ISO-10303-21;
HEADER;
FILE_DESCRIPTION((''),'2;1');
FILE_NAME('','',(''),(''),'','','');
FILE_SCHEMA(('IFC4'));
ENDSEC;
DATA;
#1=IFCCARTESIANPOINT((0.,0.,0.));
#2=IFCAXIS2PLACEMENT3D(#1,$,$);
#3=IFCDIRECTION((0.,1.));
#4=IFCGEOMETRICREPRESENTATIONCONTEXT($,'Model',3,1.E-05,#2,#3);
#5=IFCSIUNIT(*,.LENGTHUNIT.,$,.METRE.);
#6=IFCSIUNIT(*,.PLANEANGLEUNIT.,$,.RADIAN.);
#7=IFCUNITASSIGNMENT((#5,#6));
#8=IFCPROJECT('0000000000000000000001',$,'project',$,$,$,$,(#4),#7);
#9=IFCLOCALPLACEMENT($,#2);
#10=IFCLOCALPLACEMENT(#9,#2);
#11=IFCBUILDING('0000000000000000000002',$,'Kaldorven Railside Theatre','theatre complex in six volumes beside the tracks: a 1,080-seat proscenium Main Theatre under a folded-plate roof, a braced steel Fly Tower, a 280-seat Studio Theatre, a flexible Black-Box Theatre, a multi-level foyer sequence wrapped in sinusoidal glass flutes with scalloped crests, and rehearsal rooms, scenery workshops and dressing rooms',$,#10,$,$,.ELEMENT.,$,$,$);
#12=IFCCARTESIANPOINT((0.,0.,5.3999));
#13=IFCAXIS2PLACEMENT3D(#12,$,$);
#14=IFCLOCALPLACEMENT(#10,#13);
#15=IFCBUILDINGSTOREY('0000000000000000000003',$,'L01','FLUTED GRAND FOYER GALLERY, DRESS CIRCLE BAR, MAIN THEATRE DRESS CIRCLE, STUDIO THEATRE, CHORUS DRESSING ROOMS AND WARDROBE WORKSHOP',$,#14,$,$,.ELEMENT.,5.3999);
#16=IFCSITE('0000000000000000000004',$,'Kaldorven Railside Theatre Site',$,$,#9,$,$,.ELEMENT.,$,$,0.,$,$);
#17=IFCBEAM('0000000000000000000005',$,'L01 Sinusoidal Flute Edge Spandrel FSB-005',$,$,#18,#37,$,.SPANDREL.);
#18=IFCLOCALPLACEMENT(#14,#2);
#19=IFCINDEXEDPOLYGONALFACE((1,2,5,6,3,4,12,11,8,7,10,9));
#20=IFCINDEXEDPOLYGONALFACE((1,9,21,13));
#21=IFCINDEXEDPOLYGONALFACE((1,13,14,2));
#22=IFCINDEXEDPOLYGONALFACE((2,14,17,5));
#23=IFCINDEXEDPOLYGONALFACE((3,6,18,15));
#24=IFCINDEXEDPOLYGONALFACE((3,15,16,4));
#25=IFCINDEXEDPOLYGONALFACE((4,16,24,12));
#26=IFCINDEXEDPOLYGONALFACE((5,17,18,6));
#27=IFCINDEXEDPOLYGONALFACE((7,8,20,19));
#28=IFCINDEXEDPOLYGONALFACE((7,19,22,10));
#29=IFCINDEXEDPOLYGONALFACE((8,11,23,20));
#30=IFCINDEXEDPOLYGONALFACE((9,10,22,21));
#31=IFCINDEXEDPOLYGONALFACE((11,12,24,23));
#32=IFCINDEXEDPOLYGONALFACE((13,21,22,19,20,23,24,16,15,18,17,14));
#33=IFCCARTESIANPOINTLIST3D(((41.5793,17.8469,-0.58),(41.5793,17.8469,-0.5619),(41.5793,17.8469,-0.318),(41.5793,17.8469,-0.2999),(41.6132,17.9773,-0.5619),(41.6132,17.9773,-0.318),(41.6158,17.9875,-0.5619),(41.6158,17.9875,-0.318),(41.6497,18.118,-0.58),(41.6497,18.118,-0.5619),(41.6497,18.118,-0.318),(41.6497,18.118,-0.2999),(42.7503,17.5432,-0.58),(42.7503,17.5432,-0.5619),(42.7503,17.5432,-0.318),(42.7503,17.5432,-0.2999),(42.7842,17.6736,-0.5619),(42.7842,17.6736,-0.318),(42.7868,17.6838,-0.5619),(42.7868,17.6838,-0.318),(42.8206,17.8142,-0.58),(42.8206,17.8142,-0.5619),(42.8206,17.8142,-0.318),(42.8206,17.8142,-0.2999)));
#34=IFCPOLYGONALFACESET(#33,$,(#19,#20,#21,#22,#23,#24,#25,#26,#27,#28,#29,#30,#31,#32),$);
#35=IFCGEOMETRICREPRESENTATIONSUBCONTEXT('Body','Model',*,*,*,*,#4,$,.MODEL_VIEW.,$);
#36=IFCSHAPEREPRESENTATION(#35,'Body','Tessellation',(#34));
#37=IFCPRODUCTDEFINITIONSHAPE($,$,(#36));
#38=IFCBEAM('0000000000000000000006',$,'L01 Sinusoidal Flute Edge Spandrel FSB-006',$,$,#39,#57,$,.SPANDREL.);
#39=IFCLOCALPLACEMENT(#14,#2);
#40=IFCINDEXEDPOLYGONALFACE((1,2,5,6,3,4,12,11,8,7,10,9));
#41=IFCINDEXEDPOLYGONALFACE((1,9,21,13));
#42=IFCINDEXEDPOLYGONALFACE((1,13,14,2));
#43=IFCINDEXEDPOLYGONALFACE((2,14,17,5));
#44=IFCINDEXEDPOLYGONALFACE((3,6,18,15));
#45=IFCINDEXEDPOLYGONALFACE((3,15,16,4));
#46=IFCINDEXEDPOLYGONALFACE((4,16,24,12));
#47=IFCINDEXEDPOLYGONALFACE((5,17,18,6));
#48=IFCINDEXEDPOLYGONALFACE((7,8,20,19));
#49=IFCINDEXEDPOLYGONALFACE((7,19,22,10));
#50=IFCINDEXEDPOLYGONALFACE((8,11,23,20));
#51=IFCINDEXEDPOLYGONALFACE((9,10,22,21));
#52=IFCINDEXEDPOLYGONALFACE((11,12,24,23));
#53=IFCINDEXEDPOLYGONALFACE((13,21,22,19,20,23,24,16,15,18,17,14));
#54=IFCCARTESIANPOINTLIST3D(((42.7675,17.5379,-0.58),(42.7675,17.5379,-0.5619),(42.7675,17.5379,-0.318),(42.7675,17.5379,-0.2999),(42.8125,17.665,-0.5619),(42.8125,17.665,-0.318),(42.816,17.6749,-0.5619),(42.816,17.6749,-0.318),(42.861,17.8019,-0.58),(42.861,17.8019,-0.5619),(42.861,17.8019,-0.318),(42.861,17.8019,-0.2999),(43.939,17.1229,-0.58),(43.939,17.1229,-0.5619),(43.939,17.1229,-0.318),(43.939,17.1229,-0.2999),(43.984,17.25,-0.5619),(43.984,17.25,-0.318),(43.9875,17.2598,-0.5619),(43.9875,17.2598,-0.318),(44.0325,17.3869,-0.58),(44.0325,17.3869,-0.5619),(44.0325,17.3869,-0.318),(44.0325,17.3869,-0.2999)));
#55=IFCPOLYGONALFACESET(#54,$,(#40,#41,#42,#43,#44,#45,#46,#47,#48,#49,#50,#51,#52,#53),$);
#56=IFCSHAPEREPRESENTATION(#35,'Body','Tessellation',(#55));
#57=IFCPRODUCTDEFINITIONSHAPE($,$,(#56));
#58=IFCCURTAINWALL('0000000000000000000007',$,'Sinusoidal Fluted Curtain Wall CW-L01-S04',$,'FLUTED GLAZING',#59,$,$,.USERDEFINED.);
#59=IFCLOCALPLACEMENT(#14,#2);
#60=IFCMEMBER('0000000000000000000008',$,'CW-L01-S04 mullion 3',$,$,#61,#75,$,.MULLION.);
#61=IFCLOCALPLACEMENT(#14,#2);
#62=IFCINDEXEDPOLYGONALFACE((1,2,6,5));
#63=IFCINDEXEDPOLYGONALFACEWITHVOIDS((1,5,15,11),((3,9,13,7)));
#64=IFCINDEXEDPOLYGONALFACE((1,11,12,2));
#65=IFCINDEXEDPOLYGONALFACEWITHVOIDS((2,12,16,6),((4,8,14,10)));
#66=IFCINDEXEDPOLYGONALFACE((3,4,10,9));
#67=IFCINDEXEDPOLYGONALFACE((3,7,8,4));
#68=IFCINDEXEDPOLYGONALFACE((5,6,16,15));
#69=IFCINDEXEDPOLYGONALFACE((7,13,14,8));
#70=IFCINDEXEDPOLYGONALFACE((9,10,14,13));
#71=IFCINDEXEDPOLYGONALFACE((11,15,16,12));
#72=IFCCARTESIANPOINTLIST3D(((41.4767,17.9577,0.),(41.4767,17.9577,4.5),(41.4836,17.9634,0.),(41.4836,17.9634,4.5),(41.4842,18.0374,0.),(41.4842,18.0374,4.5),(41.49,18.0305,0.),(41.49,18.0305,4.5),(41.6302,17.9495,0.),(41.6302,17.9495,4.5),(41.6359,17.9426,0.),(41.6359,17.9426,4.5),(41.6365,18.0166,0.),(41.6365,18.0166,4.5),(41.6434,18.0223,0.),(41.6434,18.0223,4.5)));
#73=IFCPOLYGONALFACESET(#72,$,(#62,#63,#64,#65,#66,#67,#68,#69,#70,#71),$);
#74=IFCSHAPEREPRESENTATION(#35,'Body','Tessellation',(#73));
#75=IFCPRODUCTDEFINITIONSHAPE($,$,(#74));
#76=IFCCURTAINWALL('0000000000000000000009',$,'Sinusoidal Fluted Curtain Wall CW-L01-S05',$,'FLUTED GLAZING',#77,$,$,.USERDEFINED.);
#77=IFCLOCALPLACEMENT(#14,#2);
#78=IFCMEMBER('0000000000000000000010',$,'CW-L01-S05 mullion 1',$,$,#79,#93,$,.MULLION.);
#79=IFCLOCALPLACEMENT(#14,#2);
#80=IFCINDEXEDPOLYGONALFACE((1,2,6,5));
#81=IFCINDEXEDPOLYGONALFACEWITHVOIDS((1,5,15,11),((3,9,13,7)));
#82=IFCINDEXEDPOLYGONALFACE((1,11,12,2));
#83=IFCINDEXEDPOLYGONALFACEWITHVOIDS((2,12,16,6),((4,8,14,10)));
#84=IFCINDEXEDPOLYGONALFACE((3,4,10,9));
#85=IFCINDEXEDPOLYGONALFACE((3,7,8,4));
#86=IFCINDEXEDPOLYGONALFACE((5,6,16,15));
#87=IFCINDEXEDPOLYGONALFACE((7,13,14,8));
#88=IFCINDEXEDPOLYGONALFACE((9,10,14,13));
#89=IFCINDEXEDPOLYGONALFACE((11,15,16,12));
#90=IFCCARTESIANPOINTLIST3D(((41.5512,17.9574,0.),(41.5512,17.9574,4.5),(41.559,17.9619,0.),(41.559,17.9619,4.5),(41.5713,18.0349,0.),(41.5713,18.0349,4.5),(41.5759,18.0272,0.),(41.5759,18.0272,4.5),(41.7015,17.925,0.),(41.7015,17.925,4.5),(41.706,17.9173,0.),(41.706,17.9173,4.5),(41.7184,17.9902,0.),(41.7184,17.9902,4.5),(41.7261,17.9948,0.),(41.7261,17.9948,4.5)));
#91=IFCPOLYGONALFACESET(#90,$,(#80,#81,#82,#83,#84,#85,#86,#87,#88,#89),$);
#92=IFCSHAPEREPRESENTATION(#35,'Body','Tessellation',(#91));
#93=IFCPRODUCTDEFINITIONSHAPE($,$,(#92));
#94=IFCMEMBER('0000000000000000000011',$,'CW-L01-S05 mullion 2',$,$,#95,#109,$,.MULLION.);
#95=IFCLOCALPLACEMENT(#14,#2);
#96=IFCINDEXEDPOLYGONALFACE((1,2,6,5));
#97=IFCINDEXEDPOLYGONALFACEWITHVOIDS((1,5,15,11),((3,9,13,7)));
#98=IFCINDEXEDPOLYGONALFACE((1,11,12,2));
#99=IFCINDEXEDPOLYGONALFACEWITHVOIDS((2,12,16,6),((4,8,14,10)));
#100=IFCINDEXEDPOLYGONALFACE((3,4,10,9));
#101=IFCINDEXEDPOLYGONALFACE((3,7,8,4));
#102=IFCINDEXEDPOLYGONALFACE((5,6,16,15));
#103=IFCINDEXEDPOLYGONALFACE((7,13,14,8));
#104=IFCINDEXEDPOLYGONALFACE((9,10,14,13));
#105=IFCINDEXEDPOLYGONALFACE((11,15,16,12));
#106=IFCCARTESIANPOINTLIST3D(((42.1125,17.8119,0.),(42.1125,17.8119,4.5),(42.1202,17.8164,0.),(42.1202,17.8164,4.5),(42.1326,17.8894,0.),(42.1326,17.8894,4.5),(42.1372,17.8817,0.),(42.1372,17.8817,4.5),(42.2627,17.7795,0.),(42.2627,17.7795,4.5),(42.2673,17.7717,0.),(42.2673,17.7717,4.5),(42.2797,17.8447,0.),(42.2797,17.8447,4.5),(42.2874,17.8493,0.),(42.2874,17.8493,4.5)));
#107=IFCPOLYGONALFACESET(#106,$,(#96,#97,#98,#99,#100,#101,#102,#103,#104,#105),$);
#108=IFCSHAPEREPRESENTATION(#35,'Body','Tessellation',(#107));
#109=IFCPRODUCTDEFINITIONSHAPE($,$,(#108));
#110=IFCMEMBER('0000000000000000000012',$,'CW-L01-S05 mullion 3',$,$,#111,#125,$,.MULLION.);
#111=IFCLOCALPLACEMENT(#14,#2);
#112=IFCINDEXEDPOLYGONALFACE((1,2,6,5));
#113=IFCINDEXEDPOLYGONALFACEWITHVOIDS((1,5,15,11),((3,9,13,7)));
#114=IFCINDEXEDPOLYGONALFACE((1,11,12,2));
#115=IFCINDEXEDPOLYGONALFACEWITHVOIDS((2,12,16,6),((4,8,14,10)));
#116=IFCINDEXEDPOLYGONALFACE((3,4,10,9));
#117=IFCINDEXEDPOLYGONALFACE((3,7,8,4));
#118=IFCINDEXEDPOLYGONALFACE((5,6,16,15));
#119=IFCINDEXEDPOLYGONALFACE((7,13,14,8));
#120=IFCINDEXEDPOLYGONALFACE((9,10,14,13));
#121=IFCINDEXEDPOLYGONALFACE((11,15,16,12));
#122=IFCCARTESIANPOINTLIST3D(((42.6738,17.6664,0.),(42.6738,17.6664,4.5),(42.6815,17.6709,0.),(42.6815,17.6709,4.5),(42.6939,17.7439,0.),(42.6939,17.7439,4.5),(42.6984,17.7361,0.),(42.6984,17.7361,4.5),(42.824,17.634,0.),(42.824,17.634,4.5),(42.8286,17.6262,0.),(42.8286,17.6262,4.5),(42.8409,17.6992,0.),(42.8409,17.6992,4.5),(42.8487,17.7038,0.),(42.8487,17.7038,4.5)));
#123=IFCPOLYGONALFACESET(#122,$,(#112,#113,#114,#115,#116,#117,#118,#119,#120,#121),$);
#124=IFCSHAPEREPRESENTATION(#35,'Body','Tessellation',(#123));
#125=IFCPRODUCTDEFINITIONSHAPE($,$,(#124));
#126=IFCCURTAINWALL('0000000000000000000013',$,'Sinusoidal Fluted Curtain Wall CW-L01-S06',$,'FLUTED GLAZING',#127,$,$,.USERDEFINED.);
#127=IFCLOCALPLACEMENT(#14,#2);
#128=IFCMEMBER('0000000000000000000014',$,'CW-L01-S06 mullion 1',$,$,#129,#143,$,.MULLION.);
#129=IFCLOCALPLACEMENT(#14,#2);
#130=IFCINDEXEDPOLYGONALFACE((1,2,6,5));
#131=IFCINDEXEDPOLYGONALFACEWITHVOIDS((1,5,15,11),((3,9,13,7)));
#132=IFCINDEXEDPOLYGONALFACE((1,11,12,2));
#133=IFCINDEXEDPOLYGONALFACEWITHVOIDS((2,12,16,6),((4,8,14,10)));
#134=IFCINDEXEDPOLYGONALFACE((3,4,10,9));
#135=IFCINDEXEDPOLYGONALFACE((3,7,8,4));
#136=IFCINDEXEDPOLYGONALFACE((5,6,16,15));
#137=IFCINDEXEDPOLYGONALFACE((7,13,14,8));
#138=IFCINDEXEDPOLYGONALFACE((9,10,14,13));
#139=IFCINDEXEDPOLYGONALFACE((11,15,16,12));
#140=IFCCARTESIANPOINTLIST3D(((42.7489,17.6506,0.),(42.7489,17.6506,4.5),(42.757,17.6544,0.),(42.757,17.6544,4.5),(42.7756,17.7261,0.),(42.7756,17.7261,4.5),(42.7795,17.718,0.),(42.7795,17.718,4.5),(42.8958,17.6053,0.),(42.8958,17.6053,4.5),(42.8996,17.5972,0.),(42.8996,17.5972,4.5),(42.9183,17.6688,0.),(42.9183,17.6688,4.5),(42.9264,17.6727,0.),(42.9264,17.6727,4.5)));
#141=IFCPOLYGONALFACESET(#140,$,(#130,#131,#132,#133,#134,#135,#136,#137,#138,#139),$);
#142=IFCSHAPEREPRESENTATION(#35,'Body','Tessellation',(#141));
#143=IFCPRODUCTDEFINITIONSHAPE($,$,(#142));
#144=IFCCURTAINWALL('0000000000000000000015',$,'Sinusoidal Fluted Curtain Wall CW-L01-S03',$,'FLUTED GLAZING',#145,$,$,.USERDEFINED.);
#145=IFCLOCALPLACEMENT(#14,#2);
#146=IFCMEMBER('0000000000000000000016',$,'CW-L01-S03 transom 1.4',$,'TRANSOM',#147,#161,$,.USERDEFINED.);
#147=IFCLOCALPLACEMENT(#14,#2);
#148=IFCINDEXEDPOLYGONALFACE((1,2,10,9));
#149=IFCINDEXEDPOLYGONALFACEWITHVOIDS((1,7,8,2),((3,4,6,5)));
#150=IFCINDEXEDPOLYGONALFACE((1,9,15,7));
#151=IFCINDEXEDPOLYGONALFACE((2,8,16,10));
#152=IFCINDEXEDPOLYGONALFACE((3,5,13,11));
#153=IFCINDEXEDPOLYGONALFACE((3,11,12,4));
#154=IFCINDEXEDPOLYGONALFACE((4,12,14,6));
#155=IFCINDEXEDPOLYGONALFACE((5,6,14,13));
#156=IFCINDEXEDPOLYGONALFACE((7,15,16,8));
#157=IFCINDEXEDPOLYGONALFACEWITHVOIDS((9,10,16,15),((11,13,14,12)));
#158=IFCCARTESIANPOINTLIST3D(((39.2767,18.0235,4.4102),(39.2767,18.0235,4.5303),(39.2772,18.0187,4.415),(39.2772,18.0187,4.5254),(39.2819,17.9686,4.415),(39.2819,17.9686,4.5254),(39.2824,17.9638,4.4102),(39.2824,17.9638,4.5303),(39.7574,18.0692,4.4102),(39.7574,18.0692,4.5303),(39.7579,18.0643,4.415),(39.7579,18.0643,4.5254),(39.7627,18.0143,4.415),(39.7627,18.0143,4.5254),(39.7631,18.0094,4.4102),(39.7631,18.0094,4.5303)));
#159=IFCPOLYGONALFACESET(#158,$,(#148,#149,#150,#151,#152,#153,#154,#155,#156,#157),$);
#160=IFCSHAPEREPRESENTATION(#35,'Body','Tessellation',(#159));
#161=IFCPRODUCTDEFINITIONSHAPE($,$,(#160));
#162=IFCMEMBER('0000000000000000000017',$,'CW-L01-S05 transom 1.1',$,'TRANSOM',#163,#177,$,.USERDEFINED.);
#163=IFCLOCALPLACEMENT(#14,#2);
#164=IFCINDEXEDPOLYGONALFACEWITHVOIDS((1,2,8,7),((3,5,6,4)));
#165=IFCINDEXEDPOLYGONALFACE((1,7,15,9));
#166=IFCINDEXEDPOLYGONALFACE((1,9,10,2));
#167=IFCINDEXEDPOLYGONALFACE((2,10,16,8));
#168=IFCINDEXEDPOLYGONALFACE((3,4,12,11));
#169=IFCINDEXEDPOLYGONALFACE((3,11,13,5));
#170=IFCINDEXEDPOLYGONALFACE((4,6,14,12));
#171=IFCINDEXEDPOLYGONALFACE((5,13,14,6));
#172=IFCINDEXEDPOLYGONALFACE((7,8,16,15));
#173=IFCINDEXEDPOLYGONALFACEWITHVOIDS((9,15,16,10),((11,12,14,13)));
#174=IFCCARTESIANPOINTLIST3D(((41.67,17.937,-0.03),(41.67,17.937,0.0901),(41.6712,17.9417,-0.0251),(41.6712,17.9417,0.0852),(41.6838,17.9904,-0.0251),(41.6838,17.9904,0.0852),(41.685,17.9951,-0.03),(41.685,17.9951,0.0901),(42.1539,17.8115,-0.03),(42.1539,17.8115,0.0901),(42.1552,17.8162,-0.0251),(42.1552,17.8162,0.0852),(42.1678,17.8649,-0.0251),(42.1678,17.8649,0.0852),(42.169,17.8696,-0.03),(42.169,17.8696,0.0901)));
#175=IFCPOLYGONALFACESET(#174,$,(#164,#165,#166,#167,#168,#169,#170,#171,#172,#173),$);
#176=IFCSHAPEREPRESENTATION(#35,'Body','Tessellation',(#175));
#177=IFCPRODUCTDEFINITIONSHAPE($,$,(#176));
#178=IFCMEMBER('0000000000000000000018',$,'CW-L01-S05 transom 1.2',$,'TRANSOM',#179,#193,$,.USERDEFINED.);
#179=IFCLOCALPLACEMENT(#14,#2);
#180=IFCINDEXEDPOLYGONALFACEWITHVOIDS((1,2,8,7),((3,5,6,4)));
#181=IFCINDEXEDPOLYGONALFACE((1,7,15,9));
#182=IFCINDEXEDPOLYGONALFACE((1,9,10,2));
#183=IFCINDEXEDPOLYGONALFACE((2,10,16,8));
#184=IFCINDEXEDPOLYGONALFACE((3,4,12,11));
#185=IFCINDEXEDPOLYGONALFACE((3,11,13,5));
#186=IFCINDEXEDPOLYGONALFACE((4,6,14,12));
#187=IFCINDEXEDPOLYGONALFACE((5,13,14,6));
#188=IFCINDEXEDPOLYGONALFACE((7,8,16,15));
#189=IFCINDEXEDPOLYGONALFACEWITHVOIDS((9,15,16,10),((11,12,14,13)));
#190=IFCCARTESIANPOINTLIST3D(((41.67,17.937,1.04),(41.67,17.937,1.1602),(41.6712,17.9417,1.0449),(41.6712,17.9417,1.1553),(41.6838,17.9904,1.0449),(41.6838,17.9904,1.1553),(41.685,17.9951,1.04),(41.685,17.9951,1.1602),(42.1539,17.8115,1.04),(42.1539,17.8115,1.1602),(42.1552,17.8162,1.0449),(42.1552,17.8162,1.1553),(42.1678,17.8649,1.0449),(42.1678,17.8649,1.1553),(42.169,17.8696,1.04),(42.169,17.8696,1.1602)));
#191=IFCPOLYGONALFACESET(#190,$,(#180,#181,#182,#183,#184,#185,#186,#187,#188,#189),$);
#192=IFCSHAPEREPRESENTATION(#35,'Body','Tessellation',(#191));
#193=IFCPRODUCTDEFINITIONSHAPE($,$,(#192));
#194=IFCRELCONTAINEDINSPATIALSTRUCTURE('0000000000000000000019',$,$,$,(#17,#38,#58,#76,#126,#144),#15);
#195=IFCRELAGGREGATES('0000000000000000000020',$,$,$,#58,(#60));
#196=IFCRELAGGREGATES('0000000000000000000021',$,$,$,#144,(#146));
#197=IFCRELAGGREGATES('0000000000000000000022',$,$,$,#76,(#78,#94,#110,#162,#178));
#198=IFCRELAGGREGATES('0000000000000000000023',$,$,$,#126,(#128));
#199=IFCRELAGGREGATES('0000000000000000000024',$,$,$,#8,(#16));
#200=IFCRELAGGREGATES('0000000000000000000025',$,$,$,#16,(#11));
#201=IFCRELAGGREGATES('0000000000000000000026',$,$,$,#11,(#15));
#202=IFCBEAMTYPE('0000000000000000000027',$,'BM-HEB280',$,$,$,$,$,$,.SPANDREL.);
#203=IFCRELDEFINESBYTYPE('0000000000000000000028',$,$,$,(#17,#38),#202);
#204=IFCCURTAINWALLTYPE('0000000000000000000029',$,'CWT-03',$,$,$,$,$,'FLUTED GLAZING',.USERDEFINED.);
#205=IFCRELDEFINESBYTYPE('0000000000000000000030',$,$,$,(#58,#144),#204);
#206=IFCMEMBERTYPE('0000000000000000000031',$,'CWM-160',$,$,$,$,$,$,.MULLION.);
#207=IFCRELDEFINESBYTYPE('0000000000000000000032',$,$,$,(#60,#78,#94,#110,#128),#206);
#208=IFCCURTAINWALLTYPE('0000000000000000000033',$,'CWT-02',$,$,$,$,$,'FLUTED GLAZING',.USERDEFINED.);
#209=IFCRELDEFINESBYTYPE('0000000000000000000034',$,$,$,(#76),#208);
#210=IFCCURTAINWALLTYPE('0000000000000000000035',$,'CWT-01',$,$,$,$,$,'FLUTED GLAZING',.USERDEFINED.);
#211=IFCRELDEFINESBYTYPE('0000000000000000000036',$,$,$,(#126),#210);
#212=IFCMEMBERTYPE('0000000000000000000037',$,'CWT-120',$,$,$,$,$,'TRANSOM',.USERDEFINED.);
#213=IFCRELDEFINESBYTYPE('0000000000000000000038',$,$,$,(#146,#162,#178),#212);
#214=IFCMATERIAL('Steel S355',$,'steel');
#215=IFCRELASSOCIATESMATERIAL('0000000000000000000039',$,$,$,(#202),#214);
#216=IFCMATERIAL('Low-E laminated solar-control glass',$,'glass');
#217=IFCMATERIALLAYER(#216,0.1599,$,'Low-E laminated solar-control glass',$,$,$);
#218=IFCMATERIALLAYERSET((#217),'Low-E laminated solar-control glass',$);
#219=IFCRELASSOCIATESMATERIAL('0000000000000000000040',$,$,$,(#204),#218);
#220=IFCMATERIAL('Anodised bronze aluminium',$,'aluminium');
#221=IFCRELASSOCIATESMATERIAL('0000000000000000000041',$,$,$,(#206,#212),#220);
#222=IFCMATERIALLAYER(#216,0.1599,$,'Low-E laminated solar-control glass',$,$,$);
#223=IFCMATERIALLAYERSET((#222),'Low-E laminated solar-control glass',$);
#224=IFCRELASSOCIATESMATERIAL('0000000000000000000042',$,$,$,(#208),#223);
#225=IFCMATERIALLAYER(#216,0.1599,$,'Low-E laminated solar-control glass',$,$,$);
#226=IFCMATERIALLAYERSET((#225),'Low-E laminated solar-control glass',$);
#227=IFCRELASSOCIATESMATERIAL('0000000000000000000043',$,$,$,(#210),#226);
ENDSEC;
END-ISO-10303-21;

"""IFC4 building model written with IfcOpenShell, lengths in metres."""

from ifc_helpers import new_model, si_unit, direction, frame, origin, origin_2d, place, context, subcontext, project, spatial, hollow_rectangle, i_section, extrude, material, layer, layer_set, material_profile, profile_set, type_object, element, aggregate, save


model = new_model("IFC4")

# Units and contexts
model_context = context("Model", 3, precision=1e-05, world=origin(), true_north=direction((0.0, 1.0)))
body_context = subcontext(model_context, "Body", "Model", "MODEL_VIEW")
ifc_project = project(units=[si_unit("LENGTHUNIT", "METRE"), si_unit("PLANEANGLEUNIT", "RADIAN")], contexts=[model_context])

# Site, building, storey
site_placement = place(None, origin())
site = spatial("IfcSite", under=ifc_project, at=site_placement, Name="Kaldorven Railside Theatre Site", CompositionType="ELEMENT", RefElevation=0.0)
building_placement = place(site_placement, origin())
building = spatial("IfcBuilding", under=site, at=building_placement, Name="Kaldorven Railside Theatre", Description="theatre complex in six volumes beside the tracks: a 1,080-seat proscenium Main Theatre under a folded-plate roof, a braced steel Fly Tower, a 280-seat Studio Theatre, a flexible Black-Box Theatre, a multi-level foyer sequence wrapped in sinusoidal glass flutes with scalloped crests, and rehearsal rooms, scenery workshops and dressing rooms", CompositionType="ELEMENT")
storey_placement = place(building_placement, frame((0.0, 0.0, 5.3999)))
storey = spatial("IfcBuildingStorey", under=building, at=storey_placement, Name="L01", Description="FLUTED GRAND FOYER GALLERY, DRESS CIRCLE BAR, MAIN THEATRE DRESS CIRCLE, STUDIO THEATRE, CHORUS DRESSING ROOMS AND WARDROBE WORKSHOP", CompositionType="ELEMENT", Elevation=5.3999)

# Beams
ifc_material_1 = material(Name="Steel S355", Category="steel")
ifc_material_profile_1 = material_profile(ifc_material_1, i_section(OverallWidth=0.28, OverallDepth=0.28, WebThickness=0.0105, FlangeThickness=0.0181, at=origin_2d()), Name="HEB 280")
ifc_profile_set_1 = profile_set([ifc_material_profile_1], Name="Steel S355")
beam_type = type_object("IfcBeamType", Name="BM-HEB280", PredefinedType="SPANDREL", material=ifc_profile_set_1)
beam_1_placement = place(storey_placement, frame((41.6145, 17.9824, -0.4399), z_axis=(0.967968, -0.251074, 0.0), x_axis=(0.251074, 0.967968, 0.0)))
element("IfcBeam", 1, at=beam_1_placement, inside=storey, type_object=beam_type, Name="L01 Sinusoidal Flute Edge Spandrel FSB-005", PredefinedType="SPANDREL", context=body_context, shape_type="SweptSolid", body=[
    extrude(i_section(OverallWidth=0.28, OverallDepth=0.28, WebThickness=0.0105, FlangeThickness=0.0181, at=origin_2d()), origin(), (0.0, 0.0, 1.0), 1.2097),
])
beam_2_placement = place(storey_placement, frame((42.8142, 17.6699, -0.4399), z_axis=(0.942605, -0.333909, 0.0), x_axis=(0.333909, 0.942605, 0.0)))
element("IfcBeam", 2, at=beam_2_placement, inside=storey, type_object=beam_type, Name="L01 Sinusoidal Flute Edge Spandrel FSB-006", PredefinedType="SPANDREL", context=body_context, shape_type="SweptSolid", body=[
    extrude(i_section(OverallWidth=0.28, OverallDepth=0.28, WebThickness=0.0105, FlangeThickness=0.0181, at=origin_2d()), origin(), (0.0, 0.0, 1.0), 1.2429),
])

# Curtain wall, member
ifc_material_2 = material(Name="Low-E laminated solar-control glass", Category="glass")
ifc_layer_1 = layer(ifc_material_2, 0.1599, Name="Low-E laminated solar-control glass")
ifc_layer_set_1 = layer_set([ifc_layer_1], Name="Low-E laminated solar-control glass")
curtain_wall_type_1 = type_object("IfcCurtainWallType", Name="CWT-03", ElementType="FLUTED GLAZING", PredefinedType="USERDEFINED", material=ifc_layer_set_1)
curtain_wall_1_placement = place(storey_placement, origin())
curtain_wall_1 = element("IfcCurtainWall", 3, at=curtain_wall_1_placement, inside=storey, type_object=curtain_wall_type_1, Name="Sinusoidal Fluted Curtain Wall CW-L01-S04", ObjectType="FLUTED GLAZING", PredefinedType="USERDEFINED")
ifc_material_3 = material(Name="Anodised bronze aluminium", Category="aluminium")
ifc_material_profile_2 = material_profile(ifc_material_3, hollow_rectangle(XDim=0.0801, YDim=0.1599, WallThickness=0.0063, at=origin_2d()), Name="RHS 160x80x6.3")
ifc_profile_set_2 = profile_set([ifc_material_profile_2], Name="Anodised bronze aluminium")
member_type_1 = type_object("IfcMemberType", Name="CWM-160", PredefinedType="MULLION", material=ifc_profile_set_2)
member_1_placement = place(storey_placement, frame((41.5601, 17.99, 0.0), z_axis=(0.0, 0.0, 1.0), x_axis=(0.094492, 0.995526, 0.0)))
member_1 = element("IfcMember", 4, at=member_1_placement, type_object=member_type_1, Name="CW-L01-S04 mullion 3", PredefinedType="MULLION", context=body_context, shape_type="SweptSolid", body=[
    extrude(hollow_rectangle(XDim=0.0801, YDim=0.1599, WallThickness=0.0063, at=origin_2d()), origin(), (0.0, 0.0, 1.0), 4.5),
])
aggregate(curtain_wall_1, [member_1])

# Curtain wall, members
ifc_layer_2 = layer(ifc_material_2, 0.1599, Name="Low-E laminated solar-control glass")
ifc_layer_set_2 = layer_set([ifc_layer_2], Name="Low-E laminated solar-control glass")
curtain_wall_type_2 = type_object("IfcCurtainWallType", Name="CWT-02", ElementType="FLUTED GLAZING", PredefinedType="USERDEFINED", material=ifc_layer_set_2)
curtain_wall_2_placement = place(storey_placement, origin())
curtain_wall_2 = element("IfcCurtainWall", 5, at=curtain_wall_2_placement, inside=storey, type_object=curtain_wall_type_2, Name="Sinusoidal Fluted Curtain Wall CW-L01-S05", ObjectType="FLUTED GLAZING", PredefinedType="USERDEFINED")
member_2_placement = place(storey_placement, frame((41.6387, 17.9761, 0.0), z_axis=(0.0, 0.0, 1.0), x_axis=(0.250954, 0.967999, 0.0)))
member_2 = element("IfcMember", 6, at=member_2_placement, type_object=member_type_1, Name="CW-L01-S05 mullion 1", PredefinedType="MULLION", context=body_context, shape_type="SweptSolid", body=[
    extrude(hollow_rectangle(XDim=0.0801, YDim=0.1599, WallThickness=0.0063, at=origin_2d()), origin(), (0.0, 0.0, 1.0), 4.5),
])
member_3_placement = place(storey_placement, frame((42.2, 17.8306, 0.0), z_axis=(0.0, 0.0, 1.0), x_axis=(0.250954, 0.967999, 0.0)))
member_3 = element("IfcMember", 7, at=member_3_placement, type_object=member_type_1, Name="CW-L01-S05 mullion 2", PredefinedType="MULLION", context=body_context, shape_type="SweptSolid", body=[
    extrude(hollow_rectangle(XDim=0.0801, YDim=0.1599, WallThickness=0.0063, at=origin_2d()), origin(), (0.0, 0.0, 1.0), 4.5),
])
member_4_placement = place(storey_placement, frame((42.7612, 17.6851, 0.0), z_axis=(0.0, 0.0, 1.0), x_axis=(0.250954, 0.967999, 0.0)))
member_4 = element("IfcMember", 8, at=member_4_placement, type_object=member_type_1, Name="CW-L01-S05 mullion 3", PredefinedType="MULLION", context=body_context, shape_type="SweptSolid", body=[
    extrude(hollow_rectangle(XDim=0.0801, YDim=0.1599, WallThickness=0.0063, at=origin_2d()), origin(), (0.0, 0.0, 1.0), 4.5),
])

# Curtain walls, members
ifc_layer_3 = layer(ifc_material_2, 0.1599, Name="Low-E laminated solar-control glass")
ifc_layer_set_3 = layer_set([ifc_layer_3], Name="Low-E laminated solar-control glass")
curtain_wall_type_3 = type_object("IfcCurtainWallType", Name="CWT-01", ElementType="FLUTED GLAZING", PredefinedType="USERDEFINED", material=ifc_layer_set_3)
curtain_wall_3_placement = place(storey_placement, origin())
curtain_wall_3 = element("IfcCurtainWall", 9, at=curtain_wall_3_placement, inside=storey, type_object=curtain_wall_type_3, Name="Sinusoidal Fluted Curtain Wall CW-L01-S06", ObjectType="FLUTED GLAZING", PredefinedType="USERDEFINED")
member_5_placement = place(storey_placement, frame((42.8376, 17.6616, 0.0), z_axis=(0.0, 0.0, 1.0), x_axis=(0.333847, 0.942627, 0.0)))
member_5 = element("IfcMember", 10, at=member_5_placement, type_object=member_type_1, Name="CW-L01-S06 mullion 1", PredefinedType="MULLION", context=body_context, shape_type="SweptSolid", body=[
    extrude(hollow_rectangle(XDim=0.0801, YDim=0.1599, WallThickness=0.0063, at=origin_2d()), origin(), (0.0, 0.0, 1.0), 4.5),
])
curtain_wall_4_placement = place(storey_placement, origin())
curtain_wall_4 = element("IfcCurtainWall", 11, at=curtain_wall_4_placement, inside=storey, type_object=curtain_wall_type_1, Name="Sinusoidal Fluted Curtain Wall CW-L01-S03", ObjectType="FLUTED GLAZING", PredefinedType="USERDEFINED")
ifc_material_profile_3 = material_profile(ifc_material_3, hollow_rectangle(XDim=0.0601, YDim=0.1201, WallThickness=0.0049, at=origin_2d()), Name="RHS 120x60x5")
ifc_profile_set_3 = profile_set([ifc_material_profile_3], Name="Anodised bronze aluminium")
member_type_2 = type_object("IfcMemberType", Name="CWT-120", ElementType="TRANSOM", PredefinedType="USERDEFINED", material=ifc_profile_set_3)
member_6_placement = place(storey_placement, frame((39.2795, 17.9937, 4.4702), z_axis=(0.99552, 0.094547, 0.0), x_axis=(-0.094547, 0.99552, 0.0)))
member_6 = element("IfcMember", 12, at=member_6_placement, type_object=member_type_2, Name="CW-L01-S03 transom 1.4", ObjectType="TRANSOM", PredefinedType="USERDEFINED", context=body_context, shape_type="SweptSolid", body=[
    extrude(hollow_rectangle(XDim=0.0601, YDim=0.1201, WallThickness=0.0049, at=origin_2d()), origin(), (0.0, 0.0, 1.0), 0.4829),
])
aggregate(curtain_wall_4, [member_6])

# Members
member_7_placement = place(storey_placement, frame((41.6775, 17.9661, 0.03), z_axis=(0.967979, -0.25103, 0.0), x_axis=(0.25103, 0.967979, 0.0)))
member_7 = element("IfcMember", 13, at=member_7_placement, type_object=member_type_2, Name="CW-L01-S05 transom 1.1", ObjectType="TRANSOM", PredefinedType="USERDEFINED", context=body_context, shape_type="SweptSolid", body=[
    extrude(hollow_rectangle(XDim=0.0601, YDim=0.1201, WallThickness=0.0049, at=origin_2d()), origin(), (0.0, 0.0, 1.0), 0.5),
])
member_8_placement = place(storey_placement, frame((41.6775, 17.9661, 1.1001), z_axis=(0.967979, -0.25103, 0.0), x_axis=(0.25103, 0.967979, 0.0)))
member_8 = element("IfcMember", 14, at=member_8_placement, type_object=member_type_2, Name="CW-L01-S05 transom 1.2", ObjectType="TRANSOM", PredefinedType="USERDEFINED", context=body_context, shape_type="SweptSolid", body=[
    extrude(hollow_rectangle(XDim=0.0601, YDim=0.1201, WallThickness=0.0049, at=origin_2d()), origin(), (0.0, 0.0, 1.0), 0.5),
])

aggregate(curtain_wall_2, [member_2, member_3, member_4, member_7, member_8])
aggregate(curtain_wall_3, [member_5])

save(model, "model.ifc")
